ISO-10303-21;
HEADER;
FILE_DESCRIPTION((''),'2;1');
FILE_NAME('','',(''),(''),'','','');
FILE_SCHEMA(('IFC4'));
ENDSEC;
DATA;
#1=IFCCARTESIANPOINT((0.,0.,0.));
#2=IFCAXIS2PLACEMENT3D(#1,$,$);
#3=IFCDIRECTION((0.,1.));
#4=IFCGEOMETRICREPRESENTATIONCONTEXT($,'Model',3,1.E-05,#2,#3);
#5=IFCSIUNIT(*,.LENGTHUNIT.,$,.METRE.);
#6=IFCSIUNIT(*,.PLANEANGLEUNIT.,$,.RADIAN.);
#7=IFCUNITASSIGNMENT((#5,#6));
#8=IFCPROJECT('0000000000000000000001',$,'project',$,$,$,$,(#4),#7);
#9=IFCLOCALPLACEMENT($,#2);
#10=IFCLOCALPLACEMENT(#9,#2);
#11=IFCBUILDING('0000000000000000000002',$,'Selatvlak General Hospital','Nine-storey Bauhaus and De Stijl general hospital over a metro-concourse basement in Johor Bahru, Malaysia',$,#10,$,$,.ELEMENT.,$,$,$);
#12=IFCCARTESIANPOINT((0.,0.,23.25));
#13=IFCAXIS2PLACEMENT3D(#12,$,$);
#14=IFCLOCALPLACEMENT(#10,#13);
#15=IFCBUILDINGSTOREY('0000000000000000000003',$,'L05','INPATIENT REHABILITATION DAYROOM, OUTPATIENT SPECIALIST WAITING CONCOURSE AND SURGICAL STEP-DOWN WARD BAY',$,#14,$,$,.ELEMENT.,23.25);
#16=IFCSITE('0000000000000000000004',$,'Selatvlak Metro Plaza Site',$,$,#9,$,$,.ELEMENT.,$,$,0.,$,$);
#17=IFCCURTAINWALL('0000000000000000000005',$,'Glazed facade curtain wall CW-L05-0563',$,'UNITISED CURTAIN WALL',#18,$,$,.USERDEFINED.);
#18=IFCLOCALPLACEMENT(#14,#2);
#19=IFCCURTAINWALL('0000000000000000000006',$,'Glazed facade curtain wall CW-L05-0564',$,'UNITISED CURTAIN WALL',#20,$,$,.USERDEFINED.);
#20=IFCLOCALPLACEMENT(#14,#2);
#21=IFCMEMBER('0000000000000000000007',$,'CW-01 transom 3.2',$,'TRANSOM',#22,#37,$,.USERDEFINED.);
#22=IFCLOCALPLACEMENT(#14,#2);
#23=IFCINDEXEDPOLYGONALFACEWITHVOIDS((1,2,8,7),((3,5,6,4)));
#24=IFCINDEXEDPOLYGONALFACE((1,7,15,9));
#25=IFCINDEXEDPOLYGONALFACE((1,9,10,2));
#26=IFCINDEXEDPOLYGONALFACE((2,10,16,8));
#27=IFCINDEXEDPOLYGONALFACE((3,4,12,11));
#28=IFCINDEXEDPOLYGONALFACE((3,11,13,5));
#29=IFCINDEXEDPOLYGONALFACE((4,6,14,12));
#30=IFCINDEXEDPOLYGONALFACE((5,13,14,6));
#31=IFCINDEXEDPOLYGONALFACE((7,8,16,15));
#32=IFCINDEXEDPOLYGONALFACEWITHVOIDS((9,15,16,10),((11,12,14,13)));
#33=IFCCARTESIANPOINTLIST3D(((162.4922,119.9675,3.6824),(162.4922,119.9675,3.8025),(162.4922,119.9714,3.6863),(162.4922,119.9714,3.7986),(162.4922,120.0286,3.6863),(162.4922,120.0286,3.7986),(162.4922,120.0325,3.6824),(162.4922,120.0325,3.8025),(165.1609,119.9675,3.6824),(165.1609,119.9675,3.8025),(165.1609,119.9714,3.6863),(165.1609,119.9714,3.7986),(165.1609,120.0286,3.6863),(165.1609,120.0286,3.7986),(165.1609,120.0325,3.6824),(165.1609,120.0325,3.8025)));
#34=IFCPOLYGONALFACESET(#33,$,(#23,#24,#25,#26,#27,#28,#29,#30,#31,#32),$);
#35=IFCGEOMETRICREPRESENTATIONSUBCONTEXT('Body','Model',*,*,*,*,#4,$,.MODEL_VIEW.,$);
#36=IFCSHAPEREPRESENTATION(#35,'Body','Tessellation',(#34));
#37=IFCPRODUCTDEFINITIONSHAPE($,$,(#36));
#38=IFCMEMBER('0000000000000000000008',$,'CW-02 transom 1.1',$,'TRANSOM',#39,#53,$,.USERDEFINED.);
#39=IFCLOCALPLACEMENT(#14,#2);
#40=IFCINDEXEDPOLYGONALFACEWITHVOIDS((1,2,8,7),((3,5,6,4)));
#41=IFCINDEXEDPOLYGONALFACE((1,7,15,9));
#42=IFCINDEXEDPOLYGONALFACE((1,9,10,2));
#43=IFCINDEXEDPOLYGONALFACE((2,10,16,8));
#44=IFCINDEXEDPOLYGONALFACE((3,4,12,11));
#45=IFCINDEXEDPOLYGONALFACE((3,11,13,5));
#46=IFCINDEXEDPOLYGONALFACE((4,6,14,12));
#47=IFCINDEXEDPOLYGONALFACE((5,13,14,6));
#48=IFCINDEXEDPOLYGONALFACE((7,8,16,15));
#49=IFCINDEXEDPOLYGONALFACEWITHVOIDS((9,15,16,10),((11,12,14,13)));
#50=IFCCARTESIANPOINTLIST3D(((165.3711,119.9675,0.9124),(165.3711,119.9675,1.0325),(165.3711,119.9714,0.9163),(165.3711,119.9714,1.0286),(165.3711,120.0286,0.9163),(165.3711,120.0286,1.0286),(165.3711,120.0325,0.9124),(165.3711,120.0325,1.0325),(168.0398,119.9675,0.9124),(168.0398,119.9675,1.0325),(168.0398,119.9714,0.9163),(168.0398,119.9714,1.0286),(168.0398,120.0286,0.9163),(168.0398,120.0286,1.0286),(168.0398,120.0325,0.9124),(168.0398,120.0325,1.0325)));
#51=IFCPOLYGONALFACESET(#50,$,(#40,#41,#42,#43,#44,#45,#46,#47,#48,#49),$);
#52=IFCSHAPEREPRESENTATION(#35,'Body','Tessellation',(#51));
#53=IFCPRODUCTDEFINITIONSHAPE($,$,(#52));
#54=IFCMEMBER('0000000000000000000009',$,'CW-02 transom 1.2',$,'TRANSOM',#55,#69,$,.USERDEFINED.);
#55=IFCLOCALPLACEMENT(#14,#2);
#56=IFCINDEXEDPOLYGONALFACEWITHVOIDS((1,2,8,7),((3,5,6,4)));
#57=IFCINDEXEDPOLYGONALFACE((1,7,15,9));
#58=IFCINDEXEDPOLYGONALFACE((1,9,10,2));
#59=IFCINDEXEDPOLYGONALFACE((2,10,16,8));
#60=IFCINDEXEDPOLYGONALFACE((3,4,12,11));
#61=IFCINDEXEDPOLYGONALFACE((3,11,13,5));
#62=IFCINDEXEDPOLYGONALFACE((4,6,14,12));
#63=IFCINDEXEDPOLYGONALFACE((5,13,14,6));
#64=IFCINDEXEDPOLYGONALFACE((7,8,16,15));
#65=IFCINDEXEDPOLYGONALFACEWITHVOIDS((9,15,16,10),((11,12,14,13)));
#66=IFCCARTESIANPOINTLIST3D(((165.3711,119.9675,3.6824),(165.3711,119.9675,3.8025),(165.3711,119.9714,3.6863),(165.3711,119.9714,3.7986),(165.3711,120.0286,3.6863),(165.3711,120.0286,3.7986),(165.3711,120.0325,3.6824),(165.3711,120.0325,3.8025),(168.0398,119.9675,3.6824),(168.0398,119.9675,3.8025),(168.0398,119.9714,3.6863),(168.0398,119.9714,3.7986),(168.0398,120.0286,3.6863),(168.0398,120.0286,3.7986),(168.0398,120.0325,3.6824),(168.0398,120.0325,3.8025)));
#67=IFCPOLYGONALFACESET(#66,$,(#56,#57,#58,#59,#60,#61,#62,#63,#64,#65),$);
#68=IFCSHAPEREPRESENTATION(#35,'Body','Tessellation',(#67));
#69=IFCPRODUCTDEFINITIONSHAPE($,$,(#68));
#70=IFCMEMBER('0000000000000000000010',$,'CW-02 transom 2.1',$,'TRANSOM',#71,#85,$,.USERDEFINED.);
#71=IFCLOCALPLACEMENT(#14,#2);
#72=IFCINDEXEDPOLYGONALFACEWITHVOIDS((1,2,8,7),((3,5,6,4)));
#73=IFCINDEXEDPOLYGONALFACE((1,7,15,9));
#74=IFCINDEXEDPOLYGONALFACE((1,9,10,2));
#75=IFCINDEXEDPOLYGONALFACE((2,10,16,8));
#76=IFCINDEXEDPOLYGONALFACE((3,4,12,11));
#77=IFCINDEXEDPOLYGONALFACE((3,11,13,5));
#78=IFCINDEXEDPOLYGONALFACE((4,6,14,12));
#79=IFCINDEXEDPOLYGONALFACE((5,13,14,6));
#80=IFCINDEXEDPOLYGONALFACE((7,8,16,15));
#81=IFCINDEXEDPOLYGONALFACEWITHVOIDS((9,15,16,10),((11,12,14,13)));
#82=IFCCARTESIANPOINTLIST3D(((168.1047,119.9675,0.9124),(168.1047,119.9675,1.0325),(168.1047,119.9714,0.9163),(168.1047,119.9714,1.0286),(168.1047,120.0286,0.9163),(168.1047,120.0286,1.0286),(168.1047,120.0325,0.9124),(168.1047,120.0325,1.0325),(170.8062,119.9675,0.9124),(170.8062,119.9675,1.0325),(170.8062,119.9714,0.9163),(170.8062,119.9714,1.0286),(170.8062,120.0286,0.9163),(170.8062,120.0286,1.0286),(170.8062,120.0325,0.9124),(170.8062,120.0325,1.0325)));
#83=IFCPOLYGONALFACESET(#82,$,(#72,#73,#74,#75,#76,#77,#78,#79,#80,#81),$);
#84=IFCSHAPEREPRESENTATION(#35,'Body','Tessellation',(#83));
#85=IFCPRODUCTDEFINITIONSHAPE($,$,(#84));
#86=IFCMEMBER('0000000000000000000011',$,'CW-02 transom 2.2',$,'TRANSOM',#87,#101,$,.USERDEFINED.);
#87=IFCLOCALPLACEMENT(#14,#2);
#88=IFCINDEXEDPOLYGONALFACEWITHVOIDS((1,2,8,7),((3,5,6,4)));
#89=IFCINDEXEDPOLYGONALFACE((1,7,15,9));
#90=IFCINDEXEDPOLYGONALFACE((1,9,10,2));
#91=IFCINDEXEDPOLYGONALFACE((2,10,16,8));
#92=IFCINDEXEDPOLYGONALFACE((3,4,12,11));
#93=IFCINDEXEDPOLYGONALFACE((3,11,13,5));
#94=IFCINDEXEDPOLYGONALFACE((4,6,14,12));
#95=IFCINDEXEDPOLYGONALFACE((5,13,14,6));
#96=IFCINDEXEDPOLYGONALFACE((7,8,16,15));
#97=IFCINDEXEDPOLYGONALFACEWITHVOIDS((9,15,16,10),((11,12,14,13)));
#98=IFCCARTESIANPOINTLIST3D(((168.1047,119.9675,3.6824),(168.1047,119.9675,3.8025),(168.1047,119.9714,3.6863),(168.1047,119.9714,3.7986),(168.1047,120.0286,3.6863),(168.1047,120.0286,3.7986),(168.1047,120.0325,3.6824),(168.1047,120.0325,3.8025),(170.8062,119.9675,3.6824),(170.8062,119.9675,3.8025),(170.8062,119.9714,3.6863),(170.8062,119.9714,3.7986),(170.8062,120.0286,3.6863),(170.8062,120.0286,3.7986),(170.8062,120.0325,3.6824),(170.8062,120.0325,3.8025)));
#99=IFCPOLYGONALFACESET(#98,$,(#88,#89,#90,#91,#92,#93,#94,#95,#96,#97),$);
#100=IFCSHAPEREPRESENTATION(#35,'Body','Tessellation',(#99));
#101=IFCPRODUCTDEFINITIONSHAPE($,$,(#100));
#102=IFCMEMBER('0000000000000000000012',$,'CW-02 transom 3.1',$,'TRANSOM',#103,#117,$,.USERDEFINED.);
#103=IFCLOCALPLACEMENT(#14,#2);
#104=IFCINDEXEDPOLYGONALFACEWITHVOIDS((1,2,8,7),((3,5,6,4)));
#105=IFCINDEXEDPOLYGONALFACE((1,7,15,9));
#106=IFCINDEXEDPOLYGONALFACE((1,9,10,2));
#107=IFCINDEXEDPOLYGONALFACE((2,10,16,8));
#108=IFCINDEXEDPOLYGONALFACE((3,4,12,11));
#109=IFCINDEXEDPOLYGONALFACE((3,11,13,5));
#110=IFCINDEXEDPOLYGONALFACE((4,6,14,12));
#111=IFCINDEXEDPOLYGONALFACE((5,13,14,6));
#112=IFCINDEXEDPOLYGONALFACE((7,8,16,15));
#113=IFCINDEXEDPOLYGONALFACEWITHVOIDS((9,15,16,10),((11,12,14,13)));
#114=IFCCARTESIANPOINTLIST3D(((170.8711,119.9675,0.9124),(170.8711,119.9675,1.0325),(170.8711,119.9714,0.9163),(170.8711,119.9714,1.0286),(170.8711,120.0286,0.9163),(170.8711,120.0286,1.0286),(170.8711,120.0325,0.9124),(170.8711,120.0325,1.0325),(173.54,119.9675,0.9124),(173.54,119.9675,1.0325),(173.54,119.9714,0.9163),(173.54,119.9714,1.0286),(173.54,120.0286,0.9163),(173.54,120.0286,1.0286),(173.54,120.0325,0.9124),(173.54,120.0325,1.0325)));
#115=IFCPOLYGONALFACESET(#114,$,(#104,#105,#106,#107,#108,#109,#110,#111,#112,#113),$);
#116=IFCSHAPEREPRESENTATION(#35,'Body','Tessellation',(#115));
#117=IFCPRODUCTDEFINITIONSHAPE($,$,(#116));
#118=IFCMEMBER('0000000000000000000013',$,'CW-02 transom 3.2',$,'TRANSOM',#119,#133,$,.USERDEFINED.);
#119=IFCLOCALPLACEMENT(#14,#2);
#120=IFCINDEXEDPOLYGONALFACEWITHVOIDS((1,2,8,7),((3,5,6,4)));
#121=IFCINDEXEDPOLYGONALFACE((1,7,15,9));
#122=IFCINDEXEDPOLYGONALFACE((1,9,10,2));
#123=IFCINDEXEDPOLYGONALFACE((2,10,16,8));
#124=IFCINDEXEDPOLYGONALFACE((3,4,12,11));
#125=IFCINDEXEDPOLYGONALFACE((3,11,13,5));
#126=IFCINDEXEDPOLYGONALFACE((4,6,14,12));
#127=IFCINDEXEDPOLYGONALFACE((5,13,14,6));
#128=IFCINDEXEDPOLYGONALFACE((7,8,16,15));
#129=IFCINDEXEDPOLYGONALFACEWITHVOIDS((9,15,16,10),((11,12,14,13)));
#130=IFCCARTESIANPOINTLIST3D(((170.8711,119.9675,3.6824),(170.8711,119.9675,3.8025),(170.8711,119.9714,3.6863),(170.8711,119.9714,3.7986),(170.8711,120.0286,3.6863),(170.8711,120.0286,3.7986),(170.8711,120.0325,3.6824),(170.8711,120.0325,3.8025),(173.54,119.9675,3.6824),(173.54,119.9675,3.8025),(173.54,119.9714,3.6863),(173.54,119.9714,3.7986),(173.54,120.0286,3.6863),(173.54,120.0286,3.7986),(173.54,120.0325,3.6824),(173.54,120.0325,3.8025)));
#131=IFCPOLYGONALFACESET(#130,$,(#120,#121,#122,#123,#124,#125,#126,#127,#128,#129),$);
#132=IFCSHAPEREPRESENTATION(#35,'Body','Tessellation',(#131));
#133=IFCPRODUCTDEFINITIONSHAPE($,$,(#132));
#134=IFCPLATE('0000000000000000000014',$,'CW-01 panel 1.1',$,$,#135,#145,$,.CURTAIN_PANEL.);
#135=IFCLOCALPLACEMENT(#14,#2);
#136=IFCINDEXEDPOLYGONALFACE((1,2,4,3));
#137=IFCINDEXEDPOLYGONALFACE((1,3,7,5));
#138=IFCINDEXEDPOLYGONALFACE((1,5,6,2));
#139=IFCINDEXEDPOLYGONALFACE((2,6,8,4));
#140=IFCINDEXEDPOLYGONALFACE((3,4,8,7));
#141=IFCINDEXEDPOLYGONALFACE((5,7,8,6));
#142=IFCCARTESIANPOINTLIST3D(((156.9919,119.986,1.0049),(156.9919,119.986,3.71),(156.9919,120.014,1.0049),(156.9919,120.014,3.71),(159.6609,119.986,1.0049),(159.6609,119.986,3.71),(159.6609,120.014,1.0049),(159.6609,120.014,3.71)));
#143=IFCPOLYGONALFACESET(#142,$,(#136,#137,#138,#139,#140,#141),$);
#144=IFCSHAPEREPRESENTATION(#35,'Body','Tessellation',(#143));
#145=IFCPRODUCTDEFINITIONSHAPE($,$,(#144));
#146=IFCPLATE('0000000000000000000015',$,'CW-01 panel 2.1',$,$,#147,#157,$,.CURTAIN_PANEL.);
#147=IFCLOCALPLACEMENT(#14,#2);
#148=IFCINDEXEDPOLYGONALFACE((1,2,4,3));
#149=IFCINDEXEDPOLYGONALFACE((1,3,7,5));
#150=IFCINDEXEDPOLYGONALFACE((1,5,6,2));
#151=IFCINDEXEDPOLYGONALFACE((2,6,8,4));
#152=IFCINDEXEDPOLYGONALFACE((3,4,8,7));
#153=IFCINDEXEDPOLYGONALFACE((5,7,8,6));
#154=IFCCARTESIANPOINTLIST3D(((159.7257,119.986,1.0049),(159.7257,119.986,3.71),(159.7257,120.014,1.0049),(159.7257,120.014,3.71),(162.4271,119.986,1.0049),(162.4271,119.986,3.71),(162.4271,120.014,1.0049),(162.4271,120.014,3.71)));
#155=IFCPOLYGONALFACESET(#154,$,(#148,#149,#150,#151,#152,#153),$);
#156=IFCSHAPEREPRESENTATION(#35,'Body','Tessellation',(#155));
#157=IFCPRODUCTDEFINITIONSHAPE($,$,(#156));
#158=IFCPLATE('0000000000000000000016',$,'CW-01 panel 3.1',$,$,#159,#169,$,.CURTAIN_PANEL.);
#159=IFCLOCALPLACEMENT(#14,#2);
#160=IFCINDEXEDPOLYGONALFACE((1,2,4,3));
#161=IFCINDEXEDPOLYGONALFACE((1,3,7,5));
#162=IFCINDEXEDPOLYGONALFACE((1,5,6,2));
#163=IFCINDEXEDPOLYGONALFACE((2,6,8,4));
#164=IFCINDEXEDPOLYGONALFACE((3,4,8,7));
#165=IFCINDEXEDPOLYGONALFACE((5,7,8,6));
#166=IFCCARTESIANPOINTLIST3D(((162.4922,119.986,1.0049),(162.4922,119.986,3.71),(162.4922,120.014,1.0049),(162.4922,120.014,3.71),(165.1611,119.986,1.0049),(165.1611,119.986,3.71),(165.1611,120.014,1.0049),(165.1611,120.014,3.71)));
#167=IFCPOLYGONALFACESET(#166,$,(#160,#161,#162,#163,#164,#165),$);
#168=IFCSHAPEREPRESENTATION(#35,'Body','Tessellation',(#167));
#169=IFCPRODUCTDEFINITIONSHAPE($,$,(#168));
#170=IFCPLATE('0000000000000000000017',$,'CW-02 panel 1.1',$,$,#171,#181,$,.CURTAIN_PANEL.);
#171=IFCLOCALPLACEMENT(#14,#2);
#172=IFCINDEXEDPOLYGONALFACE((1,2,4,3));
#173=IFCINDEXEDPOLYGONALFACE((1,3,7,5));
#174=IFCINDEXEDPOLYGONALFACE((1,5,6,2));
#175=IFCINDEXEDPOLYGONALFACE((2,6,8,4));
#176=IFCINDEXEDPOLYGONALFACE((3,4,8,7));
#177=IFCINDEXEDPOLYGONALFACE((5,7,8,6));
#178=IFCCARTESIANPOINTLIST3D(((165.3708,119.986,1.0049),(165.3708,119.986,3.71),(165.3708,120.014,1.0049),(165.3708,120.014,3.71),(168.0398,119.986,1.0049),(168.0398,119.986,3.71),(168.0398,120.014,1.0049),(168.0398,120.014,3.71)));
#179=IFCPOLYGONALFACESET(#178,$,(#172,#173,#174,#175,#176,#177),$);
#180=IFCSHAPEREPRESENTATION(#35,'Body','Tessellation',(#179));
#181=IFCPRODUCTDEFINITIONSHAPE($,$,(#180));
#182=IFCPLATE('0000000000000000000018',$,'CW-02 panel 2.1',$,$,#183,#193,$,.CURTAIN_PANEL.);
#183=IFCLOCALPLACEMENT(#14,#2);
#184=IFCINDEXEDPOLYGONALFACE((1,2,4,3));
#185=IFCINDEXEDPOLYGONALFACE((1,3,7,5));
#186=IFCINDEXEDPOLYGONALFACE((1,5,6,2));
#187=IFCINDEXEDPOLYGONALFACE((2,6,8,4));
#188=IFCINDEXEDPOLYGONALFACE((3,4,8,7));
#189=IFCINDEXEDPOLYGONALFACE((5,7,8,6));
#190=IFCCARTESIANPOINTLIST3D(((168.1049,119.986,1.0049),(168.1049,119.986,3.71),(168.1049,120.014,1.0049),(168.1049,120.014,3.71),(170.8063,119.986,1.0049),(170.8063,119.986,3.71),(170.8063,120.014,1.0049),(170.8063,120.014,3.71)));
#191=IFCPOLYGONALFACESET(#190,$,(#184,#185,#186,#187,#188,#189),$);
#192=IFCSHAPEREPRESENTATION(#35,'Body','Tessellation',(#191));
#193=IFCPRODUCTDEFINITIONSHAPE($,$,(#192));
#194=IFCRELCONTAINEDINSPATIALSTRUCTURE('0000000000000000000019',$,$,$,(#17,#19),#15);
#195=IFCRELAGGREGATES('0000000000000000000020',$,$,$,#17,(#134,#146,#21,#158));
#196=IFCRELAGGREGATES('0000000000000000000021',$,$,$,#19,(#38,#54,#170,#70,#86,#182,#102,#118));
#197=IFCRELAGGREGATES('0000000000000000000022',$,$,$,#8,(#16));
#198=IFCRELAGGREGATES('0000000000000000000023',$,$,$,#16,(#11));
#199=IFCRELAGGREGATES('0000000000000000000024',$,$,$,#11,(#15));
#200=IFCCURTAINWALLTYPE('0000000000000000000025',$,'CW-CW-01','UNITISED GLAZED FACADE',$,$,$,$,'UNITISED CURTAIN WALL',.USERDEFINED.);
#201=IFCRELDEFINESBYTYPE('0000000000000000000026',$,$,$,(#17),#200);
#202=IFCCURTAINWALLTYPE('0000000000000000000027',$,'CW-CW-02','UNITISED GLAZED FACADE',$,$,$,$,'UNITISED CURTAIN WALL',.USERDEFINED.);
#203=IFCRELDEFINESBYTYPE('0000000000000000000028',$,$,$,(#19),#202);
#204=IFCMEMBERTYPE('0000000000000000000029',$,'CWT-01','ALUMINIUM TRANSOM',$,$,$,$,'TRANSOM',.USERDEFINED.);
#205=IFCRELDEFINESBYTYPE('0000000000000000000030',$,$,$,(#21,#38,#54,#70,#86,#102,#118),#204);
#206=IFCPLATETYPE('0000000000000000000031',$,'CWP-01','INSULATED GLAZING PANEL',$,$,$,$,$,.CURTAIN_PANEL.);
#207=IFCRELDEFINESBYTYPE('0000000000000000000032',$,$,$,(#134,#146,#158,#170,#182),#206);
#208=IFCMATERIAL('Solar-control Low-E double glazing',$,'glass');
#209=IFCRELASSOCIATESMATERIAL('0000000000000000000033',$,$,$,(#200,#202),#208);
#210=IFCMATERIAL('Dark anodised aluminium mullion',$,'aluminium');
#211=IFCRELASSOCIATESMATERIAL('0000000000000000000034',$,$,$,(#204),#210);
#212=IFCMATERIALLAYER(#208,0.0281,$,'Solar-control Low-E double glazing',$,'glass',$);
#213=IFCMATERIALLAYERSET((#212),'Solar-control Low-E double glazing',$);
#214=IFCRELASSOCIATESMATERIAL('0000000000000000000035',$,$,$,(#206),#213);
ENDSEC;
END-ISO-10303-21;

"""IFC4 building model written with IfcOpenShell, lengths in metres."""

from ifc_helpers import new_model, si_unit, direction, frame, origin, origin_2d, place, context, subcontext, project, spatial, rectangle, hollow_rectangle, extrude, material, layer, layer_set, material_profile, profile_set, type_object, element, aggregate, save


model = new_model("IFC4")

# Units and contexts
model_context = context("Model", 3, precision=1e-05, world=origin(), true_north=direction((0.0, 1.0)))
body_context = subcontext(model_context, "Body", "Model", "MODEL_VIEW")
ifc_project = project(units=[si_unit("LENGTHUNIT", "METRE"), si_unit("PLANEANGLEUNIT", "RADIAN")], contexts=[model_context])

# Site, building, storey
site_placement = place(None, origin())
site = spatial("IfcSite", under=ifc_project, at=site_placement, Name="Selatvlak Metro Plaza Site", CompositionType="ELEMENT", RefElevation=0.0)
building_placement = place(site_placement, origin())
building = spatial("IfcBuilding", under=site, at=building_placement, Name="Selatvlak General Hospital", Description="Nine-storey Bauhaus and De Stijl general hospital over a metro-concourse basement in Johor Bahru, Malaysia", CompositionType="ELEMENT")
storey_placement = place(building_placement, frame((0.0, 0.0, 23.25)))
storey = spatial("IfcBuildingStorey", under=building, at=storey_placement, Name="L05", Description="INPATIENT REHABILITATION DAYROOM, OUTPATIENT SPECIALIST WAITING CONCOURSE AND SURGICAL STEP-DOWN WARD BAY", CompositionType="ELEMENT", Elevation=23.25)

# Curtain walls
ifc_material_1 = material(Name="Solar-control Low-E double glazing", Category="glass")
curtain_wall_type_1 = type_object("IfcCurtainWallType", Name="CW-CW-01", Description="UNITISED GLAZED FACADE", ElementType="UNITISED CURTAIN WALL", PredefinedType="USERDEFINED", material=ifc_material_1)
curtain_wall_1_placement = place(storey_placement, origin())
curtain_wall_1 = element("IfcCurtainWall", 1, at=curtain_wall_1_placement, inside=storey, type_object=curtain_wall_type_1, Name="Glazed facade curtain wall CW-L05-0563", ObjectType="UNITISED CURTAIN WALL", PredefinedType="USERDEFINED")
ifc_material_2 = material(Name="Dark anodised aluminium mullion", Category="aluminium")
curtain_wall_type_2 = type_object("IfcCurtainWallType", Name="CW-CW-02", Description="UNITISED GLAZED FACADE", ElementType="UNITISED CURTAIN WALL", PredefinedType="USERDEFINED", material=ifc_material_1)
curtain_wall_2_placement = place(storey_placement, origin())
curtain_wall_2 = element("IfcCurtainWall", 2, at=curtain_wall_2_placement, inside=storey, type_object=curtain_wall_type_2, Name="Glazed facade curtain wall CW-L05-0564", ObjectType="UNITISED CURTAIN WALL", PredefinedType="USERDEFINED")

# Members
ifc_material_profile_1 = material_profile(ifc_material_2, hollow_rectangle(XDim=0.0649, YDim=0.1201, WallThickness=0.0039, at=origin_2d()), Name="AL-TRN 65x120x4")
ifc_profile_set_1 = profile_set([ifc_material_profile_1], Name="Dark anodised aluminium mullion")
member_type_1 = type_object("IfcMemberType", Name="CWT-01", Description="ALUMINIUM TRANSOM", ElementType="TRANSOM", PredefinedType="USERDEFINED", material=ifc_profile_set_1)
member_1_placement = place(storey_placement, frame((162.4922, 120.0, 3.7424), z_axis=(1.0, 0.0, 0.0), x_axis=(0.0, 1.0, 0.0)))
member_1 = element("IfcMember", 3, at=member_1_placement, type_object=member_type_1, Name="CW-01 transom 3.2", ObjectType="TRANSOM", PredefinedType="USERDEFINED", context=body_context, shape_type="SweptSolid", body=[
    extrude(hollow_rectangle(XDim=0.0649, YDim=0.1201, WallThickness=0.0039, at=origin_2d()), origin(), (0.0, 0.0, 1.0), 2.6687),
])
member_2_placement = place(storey_placement, frame((165.3711, 120.0, 0.9724), z_axis=(1.0, 0.0, 0.0), x_axis=(0.0, 1.0, 0.0)))
member_2 = element("IfcMember", 4, at=member_2_placement, type_object=member_type_1, Name="CW-02 transom 1.1", ObjectType="TRANSOM", PredefinedType="USERDEFINED", context=body_context, shape_type="SweptSolid", body=[
    extrude(hollow_rectangle(XDim=0.0649, YDim=0.1201, WallThickness=0.0039, at=origin_2d()), origin(), (0.0, 0.0, 1.0), 2.6687),
])
member_3_placement = place(storey_placement, frame((165.3711, 120.0, 3.7424), z_axis=(1.0, 0.0, 0.0), x_axis=(0.0, 1.0, 0.0)))
member_3 = element("IfcMember", 5, at=member_3_placement, type_object=member_type_1, Name="CW-02 transom 1.2", ObjectType="TRANSOM", PredefinedType="USERDEFINED", context=body_context, shape_type="SweptSolid", body=[
    extrude(hollow_rectangle(XDim=0.0649, YDim=0.1201, WallThickness=0.0039, at=origin_2d()), origin(), (0.0, 0.0, 1.0), 2.6687),
])
member_4_placement = place(storey_placement, frame((168.1047, 120.0, 0.9724), z_axis=(1.0, 0.0, 0.0), x_axis=(0.0, 1.0, 0.0)))
member_4 = element("IfcMember", 6, at=member_4_placement, type_object=member_type_1, Name="CW-02 transom 2.1", ObjectType="TRANSOM", PredefinedType="USERDEFINED", context=body_context, shape_type="SweptSolid", body=[
    extrude(hollow_rectangle(XDim=0.0649, YDim=0.1201, WallThickness=0.0039, at=origin_2d()), origin(), (0.0, 0.0, 1.0), 2.7014),
])
member_5_placement = place(storey_placement, frame((168.1047, 120.0, 3.7424), z_axis=(1.0, 0.0, 0.0), x_axis=(0.0, 1.0, 0.0)))
member_5 = element("IfcMember", 7, at=member_5_placement, type_object=member_type_1, Name="CW-02 transom 2.2", ObjectType="TRANSOM", PredefinedType="USERDEFINED", context=body_context, shape_type="SweptSolid", body=[
    extrude(hollow_rectangle(XDim=0.0649, YDim=0.1201, WallThickness=0.0039, at=origin_2d()), origin(), (0.0, 0.0, 1.0), 2.7014),
])
member_6_placement = place(storey_placement, frame((170.8711, 120.0, 0.9724), z_axis=(1.0, 0.0, 0.0), x_axis=(0.0, 1.0, 0.0)))
member_6 = element("IfcMember", 8, at=member_6_placement, type_object=member_type_1, Name="CW-02 transom 3.1", ObjectType="TRANSOM", PredefinedType="USERDEFINED", context=body_context, shape_type="SweptSolid", body=[
    extrude(hollow_rectangle(XDim=0.0649, YDim=0.1201, WallThickness=0.0039, at=origin_2d()), origin(), (0.0, 0.0, 1.0), 2.6689),
])
member_7_placement = place(storey_placement, frame((170.8711, 120.0, 3.7424), z_axis=(1.0, 0.0, 0.0), x_axis=(0.0, 1.0, 0.0)))
member_7 = element("IfcMember", 9, at=member_7_placement, type_object=member_type_1, Name="CW-02 transom 3.2", ObjectType="TRANSOM", PredefinedType="USERDEFINED", context=body_context, shape_type="SweptSolid", body=[
    extrude(hollow_rectangle(XDim=0.0649, YDim=0.1201, WallThickness=0.0039, at=origin_2d()), origin(), (0.0, 0.0, 1.0), 2.6689),
])

# Plates
ifc_layer_1 = layer(ifc_material_1, 0.0281, Name="Solar-control Low-E double glazing", Category="glass")
ifc_layer_set_1 = layer_set([ifc_layer_1], Name="Solar-control Low-E double glazing")
plate_type = type_object("IfcPlateType", Name="CWP-01", Description="INSULATED GLAZING PANEL", PredefinedType="CURTAIN_PANEL", material=ifc_layer_set_1)
plate_1_placement = place(storey_placement, frame((158.3264, 120.0, 1.0049), z_axis=(0.0, 0.0, 1.0), x_axis=(1.0, 0.0, 0.0)))
plate_1 = element("IfcPlate", 10, at=plate_1_placement, type_object=plate_type, Name="CW-01 panel 1.1", PredefinedType="CURTAIN_PANEL", context=body_context, shape_type="SweptSolid", body=[
    extrude(rectangle(XDim=2.6689, YDim=0.0281, at=origin_2d()), origin(), (0.0, 0.0, 1.0), 2.7051),
])
plate_2_placement = place(storey_placement, frame((161.0764, 120.0, 1.0049), z_axis=(0.0, 0.0, 1.0), x_axis=(1.0, 0.0, 0.0)))
plate_2 = element("IfcPlate", 11, at=plate_2_placement, type_object=plate_type, Name="CW-01 panel 2.1", PredefinedType="CURTAIN_PANEL", context=body_context, shape_type="SweptSolid", body=[
    extrude(rectangle(XDim=2.7014, YDim=0.0281, at=origin_2d()), origin(), (0.0, 0.0, 1.0), 2.7051),
])
plate_3_placement = place(storey_placement, frame((163.8267, 120.0, 1.0049), z_axis=(0.0, 0.0, 1.0), x_axis=(1.0, 0.0, 0.0)))
plate_3 = element("IfcPlate", 12, at=plate_3_placement, type_object=plate_type, Name="CW-01 panel 3.1", PredefinedType="CURTAIN_PANEL", context=body_context, shape_type="SweptSolid", body=[
    extrude(rectangle(XDim=2.6689, YDim=0.0281, at=origin_2d()), origin(), (0.0, 0.0, 1.0), 2.7051),
])
aggregate(curtain_wall_1, [plate_1, plate_2, member_1, plate_3])
plate_4_placement = place(storey_placement, frame((166.7053, 120.0, 1.0049), z_axis=(0.0, 0.0, 1.0), x_axis=(1.0, 0.0, 0.0)))
plate_4 = element("IfcPlate", 13, at=plate_4_placement, type_object=plate_type, Name="CW-02 panel 1.1", PredefinedType="CURTAIN_PANEL", context=body_context, shape_type="SweptSolid", body=[
    extrude(rectangle(XDim=2.6689, YDim=0.0281, at=origin_2d()), origin(), (0.0, 0.0, 1.0), 2.7051),
])
plate_5_placement = place(storey_placement, frame((169.4556, 120.0, 1.0049), z_axis=(0.0, 0.0, 1.0), x_axis=(1.0, 0.0, 0.0)))
plate_5 = element("IfcPlate", 14, at=plate_5_placement, type_object=plate_type, Name="CW-02 panel 2.1", PredefinedType="CURTAIN_PANEL", context=body_context, shape_type="SweptSolid", body=[
    extrude(rectangle(XDim=2.7014, YDim=0.0281, at=origin_2d()), origin(), (0.0, 0.0, 1.0), 2.7051),
])
aggregate(curtain_wall_2, [member_2, member_3, plate_4, member_4, member_5, plate_5, member_6, member_7])

save(model, "model.ifc")
